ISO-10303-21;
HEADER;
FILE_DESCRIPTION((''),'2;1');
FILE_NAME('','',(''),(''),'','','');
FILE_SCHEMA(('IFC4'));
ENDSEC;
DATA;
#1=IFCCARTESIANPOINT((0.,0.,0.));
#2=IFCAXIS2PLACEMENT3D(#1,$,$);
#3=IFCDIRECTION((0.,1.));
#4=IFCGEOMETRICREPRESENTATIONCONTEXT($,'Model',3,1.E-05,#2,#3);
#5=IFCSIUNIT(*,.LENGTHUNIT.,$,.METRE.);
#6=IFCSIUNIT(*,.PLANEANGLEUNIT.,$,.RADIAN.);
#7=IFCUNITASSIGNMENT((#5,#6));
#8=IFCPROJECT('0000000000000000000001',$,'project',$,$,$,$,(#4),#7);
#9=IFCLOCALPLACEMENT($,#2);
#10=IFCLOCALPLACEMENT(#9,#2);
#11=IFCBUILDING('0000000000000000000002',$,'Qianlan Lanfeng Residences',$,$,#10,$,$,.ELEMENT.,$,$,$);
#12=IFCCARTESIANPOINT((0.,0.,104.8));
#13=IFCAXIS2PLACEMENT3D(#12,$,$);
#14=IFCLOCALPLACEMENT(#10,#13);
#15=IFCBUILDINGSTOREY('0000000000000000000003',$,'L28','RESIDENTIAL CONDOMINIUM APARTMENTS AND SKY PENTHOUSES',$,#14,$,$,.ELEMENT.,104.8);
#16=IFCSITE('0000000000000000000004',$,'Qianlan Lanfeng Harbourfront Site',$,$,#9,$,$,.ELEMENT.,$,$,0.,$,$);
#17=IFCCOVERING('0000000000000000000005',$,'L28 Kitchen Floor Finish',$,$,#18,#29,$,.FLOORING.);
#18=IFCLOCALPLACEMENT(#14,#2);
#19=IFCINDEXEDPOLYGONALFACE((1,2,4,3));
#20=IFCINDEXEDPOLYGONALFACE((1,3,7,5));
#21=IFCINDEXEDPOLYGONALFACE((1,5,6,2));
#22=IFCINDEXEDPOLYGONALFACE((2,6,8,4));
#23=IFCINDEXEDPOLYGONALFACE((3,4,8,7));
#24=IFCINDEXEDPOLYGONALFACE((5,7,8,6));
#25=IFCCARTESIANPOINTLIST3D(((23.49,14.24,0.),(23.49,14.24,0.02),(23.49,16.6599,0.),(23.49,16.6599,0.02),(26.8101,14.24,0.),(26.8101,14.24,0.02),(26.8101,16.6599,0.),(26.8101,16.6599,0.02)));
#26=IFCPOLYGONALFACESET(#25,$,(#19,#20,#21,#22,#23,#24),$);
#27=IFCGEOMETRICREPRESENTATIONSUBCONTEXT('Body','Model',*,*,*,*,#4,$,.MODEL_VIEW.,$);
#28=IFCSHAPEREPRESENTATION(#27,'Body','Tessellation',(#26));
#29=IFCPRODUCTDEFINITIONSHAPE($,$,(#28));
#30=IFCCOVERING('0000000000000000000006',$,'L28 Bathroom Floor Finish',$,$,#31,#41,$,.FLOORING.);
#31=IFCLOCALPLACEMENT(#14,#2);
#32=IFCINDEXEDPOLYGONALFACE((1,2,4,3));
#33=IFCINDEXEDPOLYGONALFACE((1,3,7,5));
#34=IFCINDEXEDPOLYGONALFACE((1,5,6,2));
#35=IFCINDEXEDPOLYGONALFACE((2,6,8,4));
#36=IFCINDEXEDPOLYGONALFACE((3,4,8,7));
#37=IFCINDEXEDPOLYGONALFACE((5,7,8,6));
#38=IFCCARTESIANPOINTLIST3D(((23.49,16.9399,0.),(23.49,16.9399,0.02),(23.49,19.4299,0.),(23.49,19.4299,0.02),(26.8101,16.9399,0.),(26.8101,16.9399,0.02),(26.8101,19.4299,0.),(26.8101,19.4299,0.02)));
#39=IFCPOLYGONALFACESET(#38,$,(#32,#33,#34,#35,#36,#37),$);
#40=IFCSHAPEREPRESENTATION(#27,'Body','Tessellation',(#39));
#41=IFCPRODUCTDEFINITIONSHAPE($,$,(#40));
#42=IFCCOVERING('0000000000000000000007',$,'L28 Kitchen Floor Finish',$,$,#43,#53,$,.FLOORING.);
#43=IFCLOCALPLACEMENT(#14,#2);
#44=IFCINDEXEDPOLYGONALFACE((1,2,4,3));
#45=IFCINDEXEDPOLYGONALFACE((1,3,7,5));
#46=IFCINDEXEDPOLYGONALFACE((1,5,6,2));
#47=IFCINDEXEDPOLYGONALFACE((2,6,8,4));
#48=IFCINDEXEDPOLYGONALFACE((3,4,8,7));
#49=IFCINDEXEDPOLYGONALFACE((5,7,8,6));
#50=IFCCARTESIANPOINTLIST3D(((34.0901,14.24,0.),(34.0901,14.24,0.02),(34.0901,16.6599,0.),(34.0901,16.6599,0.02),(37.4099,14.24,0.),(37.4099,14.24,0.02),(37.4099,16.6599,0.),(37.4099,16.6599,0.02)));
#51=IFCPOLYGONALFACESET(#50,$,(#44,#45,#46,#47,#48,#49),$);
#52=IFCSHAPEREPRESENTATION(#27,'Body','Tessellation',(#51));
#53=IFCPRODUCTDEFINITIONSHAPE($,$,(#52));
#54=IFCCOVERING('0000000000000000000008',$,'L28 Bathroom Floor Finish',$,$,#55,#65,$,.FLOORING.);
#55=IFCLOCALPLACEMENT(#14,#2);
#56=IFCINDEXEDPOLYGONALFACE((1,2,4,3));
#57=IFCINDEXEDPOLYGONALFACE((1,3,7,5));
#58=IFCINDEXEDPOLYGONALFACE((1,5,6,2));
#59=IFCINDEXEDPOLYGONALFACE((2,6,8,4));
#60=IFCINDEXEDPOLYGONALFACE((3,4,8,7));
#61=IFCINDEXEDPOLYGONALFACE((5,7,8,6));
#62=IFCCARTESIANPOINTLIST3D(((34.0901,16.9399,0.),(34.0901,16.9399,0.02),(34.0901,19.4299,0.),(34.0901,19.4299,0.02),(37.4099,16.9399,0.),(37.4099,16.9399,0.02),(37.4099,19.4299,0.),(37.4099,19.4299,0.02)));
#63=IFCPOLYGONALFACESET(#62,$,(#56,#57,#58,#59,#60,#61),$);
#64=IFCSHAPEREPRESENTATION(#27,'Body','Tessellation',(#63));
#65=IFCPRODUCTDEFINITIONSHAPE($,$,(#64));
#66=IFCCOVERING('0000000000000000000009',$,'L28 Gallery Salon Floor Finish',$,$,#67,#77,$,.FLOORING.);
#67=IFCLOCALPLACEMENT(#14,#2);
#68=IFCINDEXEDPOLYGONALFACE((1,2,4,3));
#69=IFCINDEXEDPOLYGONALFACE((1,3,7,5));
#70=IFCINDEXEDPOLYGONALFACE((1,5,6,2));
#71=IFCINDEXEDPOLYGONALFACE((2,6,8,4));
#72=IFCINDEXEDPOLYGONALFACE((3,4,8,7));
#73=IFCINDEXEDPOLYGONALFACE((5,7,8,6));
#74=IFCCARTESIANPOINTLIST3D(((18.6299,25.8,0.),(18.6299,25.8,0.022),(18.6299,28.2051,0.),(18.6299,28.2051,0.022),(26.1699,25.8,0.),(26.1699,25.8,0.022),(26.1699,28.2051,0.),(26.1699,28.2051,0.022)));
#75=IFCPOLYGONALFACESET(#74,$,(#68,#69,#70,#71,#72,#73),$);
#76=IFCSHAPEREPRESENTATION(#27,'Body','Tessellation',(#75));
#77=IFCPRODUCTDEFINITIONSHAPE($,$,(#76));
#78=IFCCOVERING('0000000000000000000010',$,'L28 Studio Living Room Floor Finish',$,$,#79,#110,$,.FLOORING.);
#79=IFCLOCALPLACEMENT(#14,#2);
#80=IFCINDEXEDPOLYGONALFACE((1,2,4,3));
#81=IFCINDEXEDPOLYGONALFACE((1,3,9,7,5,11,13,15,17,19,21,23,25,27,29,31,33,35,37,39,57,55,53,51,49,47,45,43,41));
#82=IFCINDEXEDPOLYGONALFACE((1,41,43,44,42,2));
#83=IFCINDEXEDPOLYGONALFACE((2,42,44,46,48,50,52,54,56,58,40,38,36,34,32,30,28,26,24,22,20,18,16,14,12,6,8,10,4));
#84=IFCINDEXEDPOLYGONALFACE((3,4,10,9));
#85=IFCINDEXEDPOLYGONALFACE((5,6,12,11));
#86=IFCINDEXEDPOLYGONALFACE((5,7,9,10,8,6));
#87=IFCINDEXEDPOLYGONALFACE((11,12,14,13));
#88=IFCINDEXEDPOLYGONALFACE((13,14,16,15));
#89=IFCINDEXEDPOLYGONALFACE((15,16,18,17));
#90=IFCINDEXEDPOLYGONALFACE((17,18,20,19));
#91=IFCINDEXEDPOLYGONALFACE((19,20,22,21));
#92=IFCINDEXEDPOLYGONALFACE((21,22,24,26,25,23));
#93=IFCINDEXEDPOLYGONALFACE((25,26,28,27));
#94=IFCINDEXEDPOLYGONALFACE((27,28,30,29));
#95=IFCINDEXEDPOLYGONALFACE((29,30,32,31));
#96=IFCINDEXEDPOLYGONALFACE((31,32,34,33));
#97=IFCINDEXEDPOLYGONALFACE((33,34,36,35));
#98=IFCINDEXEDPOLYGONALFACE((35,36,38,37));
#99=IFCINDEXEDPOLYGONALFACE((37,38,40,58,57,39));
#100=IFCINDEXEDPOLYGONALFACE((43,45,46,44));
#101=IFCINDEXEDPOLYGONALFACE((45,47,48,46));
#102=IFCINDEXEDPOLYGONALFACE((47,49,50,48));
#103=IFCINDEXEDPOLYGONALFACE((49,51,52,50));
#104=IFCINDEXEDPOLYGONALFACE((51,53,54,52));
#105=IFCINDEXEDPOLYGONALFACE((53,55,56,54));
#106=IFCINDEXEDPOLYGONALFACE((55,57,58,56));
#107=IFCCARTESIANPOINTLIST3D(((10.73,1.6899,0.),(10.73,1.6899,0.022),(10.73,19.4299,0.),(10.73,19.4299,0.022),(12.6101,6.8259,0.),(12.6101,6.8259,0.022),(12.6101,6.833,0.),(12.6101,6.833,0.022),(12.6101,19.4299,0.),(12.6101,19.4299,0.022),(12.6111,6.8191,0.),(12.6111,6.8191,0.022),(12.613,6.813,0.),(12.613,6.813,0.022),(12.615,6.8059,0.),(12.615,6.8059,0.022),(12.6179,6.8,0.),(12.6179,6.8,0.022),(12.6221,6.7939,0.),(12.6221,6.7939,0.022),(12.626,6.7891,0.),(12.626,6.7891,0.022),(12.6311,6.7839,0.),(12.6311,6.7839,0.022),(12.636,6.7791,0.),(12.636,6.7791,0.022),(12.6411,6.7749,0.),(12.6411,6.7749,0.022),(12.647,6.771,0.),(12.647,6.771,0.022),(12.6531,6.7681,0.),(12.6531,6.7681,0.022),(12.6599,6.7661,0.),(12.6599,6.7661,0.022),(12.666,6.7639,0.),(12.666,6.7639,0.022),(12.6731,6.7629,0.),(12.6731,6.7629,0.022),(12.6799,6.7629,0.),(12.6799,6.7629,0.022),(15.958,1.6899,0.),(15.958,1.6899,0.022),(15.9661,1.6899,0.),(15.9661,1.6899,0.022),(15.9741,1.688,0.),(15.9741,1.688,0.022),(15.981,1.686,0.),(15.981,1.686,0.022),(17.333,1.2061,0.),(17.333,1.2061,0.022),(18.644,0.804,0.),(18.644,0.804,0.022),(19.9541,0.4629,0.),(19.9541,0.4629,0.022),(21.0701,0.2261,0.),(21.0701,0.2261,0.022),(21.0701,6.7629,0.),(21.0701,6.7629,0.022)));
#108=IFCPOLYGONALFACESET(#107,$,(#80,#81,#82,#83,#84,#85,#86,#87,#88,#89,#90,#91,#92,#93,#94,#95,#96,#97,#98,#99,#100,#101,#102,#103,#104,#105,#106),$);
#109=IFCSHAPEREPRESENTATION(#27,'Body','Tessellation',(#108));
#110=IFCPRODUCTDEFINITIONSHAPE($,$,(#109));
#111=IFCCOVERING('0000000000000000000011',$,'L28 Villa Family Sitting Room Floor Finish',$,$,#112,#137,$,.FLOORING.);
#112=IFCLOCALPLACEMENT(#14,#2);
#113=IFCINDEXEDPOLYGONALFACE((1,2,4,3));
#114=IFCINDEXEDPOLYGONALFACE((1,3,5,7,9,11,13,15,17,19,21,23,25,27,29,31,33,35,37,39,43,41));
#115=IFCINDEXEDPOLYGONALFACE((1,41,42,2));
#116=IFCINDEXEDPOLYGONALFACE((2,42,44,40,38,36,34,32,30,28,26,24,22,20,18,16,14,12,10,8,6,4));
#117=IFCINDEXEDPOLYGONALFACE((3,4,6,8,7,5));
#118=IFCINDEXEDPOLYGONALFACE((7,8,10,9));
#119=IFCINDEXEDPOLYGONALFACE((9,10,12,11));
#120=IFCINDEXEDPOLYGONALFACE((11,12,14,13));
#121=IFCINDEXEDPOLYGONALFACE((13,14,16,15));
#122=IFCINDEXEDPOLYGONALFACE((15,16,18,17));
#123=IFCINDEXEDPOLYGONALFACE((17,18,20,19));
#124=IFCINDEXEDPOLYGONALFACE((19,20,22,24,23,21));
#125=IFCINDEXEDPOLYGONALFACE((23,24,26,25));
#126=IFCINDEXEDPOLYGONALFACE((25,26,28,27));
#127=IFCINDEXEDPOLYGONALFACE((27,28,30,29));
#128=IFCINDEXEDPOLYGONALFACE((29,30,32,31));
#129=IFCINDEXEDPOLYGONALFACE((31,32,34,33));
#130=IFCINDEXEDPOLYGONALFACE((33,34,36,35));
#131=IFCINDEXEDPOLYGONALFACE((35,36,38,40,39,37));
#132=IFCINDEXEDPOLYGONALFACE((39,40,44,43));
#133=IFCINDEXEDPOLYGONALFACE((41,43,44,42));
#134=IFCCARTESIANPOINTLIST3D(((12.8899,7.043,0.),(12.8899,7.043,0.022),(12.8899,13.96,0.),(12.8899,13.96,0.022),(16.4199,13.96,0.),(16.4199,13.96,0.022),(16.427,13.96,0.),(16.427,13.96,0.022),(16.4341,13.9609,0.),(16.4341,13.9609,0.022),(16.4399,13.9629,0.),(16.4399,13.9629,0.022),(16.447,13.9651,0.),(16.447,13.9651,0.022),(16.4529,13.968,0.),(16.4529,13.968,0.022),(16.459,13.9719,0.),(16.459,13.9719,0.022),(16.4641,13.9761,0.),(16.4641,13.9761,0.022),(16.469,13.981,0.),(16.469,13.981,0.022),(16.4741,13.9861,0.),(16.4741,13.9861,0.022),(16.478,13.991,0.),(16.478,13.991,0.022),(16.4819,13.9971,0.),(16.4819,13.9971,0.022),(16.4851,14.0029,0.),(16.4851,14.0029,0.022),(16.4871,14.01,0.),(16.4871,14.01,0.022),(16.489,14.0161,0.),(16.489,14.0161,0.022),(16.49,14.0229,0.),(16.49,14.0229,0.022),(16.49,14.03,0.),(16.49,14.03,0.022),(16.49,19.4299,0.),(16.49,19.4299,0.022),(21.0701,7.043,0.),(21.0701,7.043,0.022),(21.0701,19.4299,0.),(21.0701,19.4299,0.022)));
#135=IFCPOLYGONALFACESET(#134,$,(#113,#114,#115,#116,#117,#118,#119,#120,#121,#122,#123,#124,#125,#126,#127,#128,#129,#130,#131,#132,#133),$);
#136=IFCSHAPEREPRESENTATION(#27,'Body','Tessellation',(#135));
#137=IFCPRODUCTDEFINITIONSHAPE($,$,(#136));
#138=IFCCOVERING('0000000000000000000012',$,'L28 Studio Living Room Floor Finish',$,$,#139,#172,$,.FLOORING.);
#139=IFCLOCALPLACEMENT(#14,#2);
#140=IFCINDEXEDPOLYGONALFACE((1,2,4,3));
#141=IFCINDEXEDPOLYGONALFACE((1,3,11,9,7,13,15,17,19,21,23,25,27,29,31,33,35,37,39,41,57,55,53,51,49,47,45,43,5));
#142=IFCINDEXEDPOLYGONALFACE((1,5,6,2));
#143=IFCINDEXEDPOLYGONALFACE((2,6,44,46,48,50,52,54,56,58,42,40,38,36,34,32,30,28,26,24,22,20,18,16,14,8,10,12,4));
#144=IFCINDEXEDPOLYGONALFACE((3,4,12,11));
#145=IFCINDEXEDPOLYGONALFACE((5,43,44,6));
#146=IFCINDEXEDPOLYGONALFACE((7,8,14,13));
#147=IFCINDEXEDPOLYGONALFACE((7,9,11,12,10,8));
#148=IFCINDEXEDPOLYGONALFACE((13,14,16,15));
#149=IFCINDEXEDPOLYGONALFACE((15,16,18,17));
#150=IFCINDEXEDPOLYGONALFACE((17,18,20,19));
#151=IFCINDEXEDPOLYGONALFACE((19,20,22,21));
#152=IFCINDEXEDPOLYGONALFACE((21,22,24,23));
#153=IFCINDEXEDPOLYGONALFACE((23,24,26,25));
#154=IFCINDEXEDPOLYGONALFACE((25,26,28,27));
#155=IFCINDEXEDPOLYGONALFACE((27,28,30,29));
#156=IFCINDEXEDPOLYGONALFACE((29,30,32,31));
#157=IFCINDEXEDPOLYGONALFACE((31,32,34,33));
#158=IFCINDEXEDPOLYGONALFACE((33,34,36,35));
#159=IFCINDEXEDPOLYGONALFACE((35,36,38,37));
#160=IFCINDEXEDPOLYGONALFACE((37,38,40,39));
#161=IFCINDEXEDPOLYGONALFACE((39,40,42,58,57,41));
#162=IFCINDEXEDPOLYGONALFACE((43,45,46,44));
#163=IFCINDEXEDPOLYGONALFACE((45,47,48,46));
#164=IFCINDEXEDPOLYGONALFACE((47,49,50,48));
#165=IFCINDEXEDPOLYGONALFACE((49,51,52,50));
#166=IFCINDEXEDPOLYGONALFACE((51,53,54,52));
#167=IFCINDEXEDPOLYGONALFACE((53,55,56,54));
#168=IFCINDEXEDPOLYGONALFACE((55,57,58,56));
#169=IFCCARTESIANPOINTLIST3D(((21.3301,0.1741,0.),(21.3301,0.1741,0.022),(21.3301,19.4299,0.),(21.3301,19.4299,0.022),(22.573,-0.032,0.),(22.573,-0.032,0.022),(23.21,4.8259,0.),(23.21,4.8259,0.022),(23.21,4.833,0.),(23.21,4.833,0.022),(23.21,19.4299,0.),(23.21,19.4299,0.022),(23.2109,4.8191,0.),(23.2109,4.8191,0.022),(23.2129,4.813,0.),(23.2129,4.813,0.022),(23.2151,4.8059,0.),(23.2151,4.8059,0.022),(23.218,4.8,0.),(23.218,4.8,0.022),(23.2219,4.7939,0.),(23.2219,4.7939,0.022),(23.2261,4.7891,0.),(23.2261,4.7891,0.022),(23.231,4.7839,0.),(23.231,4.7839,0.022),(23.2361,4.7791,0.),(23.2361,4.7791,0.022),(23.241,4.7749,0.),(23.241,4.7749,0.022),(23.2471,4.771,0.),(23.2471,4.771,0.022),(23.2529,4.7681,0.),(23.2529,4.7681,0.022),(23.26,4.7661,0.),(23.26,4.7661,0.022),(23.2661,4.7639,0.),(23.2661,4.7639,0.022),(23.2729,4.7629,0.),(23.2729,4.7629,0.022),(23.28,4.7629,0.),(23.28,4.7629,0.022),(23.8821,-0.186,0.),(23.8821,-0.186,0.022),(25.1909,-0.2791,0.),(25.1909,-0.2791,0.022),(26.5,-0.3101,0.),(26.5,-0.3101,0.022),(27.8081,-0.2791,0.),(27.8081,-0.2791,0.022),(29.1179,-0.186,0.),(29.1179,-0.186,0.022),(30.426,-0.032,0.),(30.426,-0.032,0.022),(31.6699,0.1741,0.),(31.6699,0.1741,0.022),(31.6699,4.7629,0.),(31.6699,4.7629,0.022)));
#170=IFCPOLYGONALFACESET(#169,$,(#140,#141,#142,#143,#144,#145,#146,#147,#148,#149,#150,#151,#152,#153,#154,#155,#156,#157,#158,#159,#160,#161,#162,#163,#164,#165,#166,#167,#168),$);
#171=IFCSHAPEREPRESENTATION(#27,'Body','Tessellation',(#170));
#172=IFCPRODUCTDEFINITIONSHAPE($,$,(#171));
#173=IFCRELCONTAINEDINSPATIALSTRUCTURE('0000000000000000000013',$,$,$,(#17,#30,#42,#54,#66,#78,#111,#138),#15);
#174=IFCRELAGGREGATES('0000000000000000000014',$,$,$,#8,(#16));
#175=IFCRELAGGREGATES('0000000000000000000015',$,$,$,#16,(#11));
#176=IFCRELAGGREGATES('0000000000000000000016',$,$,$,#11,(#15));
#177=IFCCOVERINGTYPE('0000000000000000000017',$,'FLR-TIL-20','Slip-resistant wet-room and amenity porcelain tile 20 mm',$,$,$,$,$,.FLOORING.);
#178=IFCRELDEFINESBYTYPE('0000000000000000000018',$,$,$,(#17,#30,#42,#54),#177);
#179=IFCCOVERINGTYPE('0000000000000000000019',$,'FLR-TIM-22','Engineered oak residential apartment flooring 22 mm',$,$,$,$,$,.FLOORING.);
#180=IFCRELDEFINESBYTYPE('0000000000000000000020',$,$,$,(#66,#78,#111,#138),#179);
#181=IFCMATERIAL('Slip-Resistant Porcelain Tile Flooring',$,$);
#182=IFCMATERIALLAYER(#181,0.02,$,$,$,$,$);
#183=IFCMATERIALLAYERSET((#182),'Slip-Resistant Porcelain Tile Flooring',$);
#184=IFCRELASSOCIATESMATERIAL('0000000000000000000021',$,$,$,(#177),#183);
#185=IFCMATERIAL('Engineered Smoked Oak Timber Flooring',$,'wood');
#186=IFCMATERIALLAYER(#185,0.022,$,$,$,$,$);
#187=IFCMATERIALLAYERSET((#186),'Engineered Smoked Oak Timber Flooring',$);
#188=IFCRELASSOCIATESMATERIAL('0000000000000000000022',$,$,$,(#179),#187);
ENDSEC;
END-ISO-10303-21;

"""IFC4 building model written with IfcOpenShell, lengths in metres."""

from ifc_helpers import new_model, si_unit, direction, frame, origin, place, context, subcontext, project, spatial, polyline, outline, extrude, material, layer, layer_set, type_object, element, save


model = new_model("IFC4")

# Units and contexts
model_context = context("Model", 3, precision=1e-05, world=origin(), true_north=direction((0.0, 1.0)))
body_context = subcontext(model_context, "Body", "Model", "MODEL_VIEW")
ifc_project = project(units=[si_unit("LENGTHUNIT", "METRE"), si_unit("PLANEANGLEUNIT", "RADIAN")], contexts=[model_context])

# Site, building, storey
site_placement = place(None, origin())
site = spatial("IfcSite", under=ifc_project, at=site_placement, Name="Qianlan Lanfeng Harbourfront Site", CompositionType="ELEMENT", RefElevation=0.0)
building_placement = place(site_placement, origin())
building = spatial("IfcBuilding", under=site, at=building_placement, Name="Qianlan Lanfeng Residences", CompositionType="ELEMENT")
storey_placement = place(building_placement, frame((0.0, 0.0, 104.8)))
storey = spatial("IfcBuildingStorey", under=building, at=storey_placement, Name="L28", Description="RESIDENTIAL CONDOMINIUM APARTMENTS AND SKY PENTHOUSES", CompositionType="ELEMENT", Elevation=104.8)

# Coverings
ifc_material_1 = material(Name="Slip-Resistant Porcelain Tile Flooring")
ifc_layer_1 = layer(ifc_material_1, 0.02)
ifc_layer_set_1 = layer_set([ifc_layer_1], Name="Slip-Resistant Porcelain Tile Flooring")
covering_type_1 = type_object("IfcCoveringType", Name="FLR-TIL-20", Description="Slip-resistant wet-room and amenity porcelain tile 20 mm", PredefinedType="FLOORING", material=ifc_layer_set_1)
covering_1_placement = place(storey_placement, origin())
element("IfcCovering", 1, at=covering_1_placement, inside=storey, type_object=covering_type_1, Name="L28 Kitchen Floor Finish", PredefinedType="FLOORING", context=body_context, shape_type="SweptSolid", body=[
    extrude(outline(polyline([(23.49, 14.24), (26.8101, 14.24), (26.8101, 16.6599), (23.49, 16.6599), (23.49, 14.24)])), origin(), (0.0, 0.0, 1.0), 0.02),
])
covering_2_placement = place(storey_placement, origin())
element("IfcCovering", 2, at=covering_2_placement, inside=storey, type_object=covering_type_1, Name="L28 Bathroom Floor Finish", PredefinedType="FLOORING", context=body_context, shape_type="SweptSolid", body=[
    extrude(outline(polyline([(23.49, 16.9399), (26.8101, 16.9399), (26.8101, 19.4299), (23.49, 19.4299), (23.49, 16.9399)])), origin(), (0.0, 0.0, 1.0), 0.02),
])
covering_3_placement = place(storey_placement, origin())
element("IfcCovering", 3, at=covering_3_placement, inside=storey, type_object=covering_type_1, Name="L28 Kitchen Floor Finish", PredefinedType="FLOORING", context=body_context, shape_type="SweptSolid", body=[
    extrude(outline(polyline([(34.0901, 14.24), (37.4099, 14.24), (37.4099, 16.6599), (34.0901, 16.6599), (34.0901, 14.24)])), origin(), (0.0, 0.0, 1.0), 0.02),
])
covering_4_placement = place(storey_placement, origin())
element("IfcCovering", 4, at=covering_4_placement, inside=storey, type_object=covering_type_1, Name="L28 Bathroom Floor Finish", PredefinedType="FLOORING", context=body_context, shape_type="SweptSolid", body=[
    extrude(outline(polyline([(34.0901, 16.9399), (37.4099, 16.9399), (37.4099, 19.4299), (34.0901, 19.4299), (34.0901, 16.9399)])), origin(), (0.0, 0.0, 1.0), 0.02),
])
ifc_material_2 = material(Name="Engineered Smoked Oak Timber Flooring", Category="wood")
ifc_layer_2 = layer(ifc_material_2, 0.022)
ifc_layer_set_2 = layer_set([ifc_layer_2], Name="Engineered Smoked Oak Timber Flooring")
covering_type_2 = type_object("IfcCoveringType", Name="FLR-TIM-22", Description="Engineered oak residential apartment flooring 22 mm", PredefinedType="FLOORING", material=ifc_layer_set_2)
covering_5_placement = place(storey_placement, origin())
element("IfcCovering", 5, at=covering_5_placement, inside=storey, type_object=covering_type_2, Name="L28 Gallery Salon Floor Finish", PredefinedType="FLOORING", context=body_context, shape_type="SweptSolid", body=[
    extrude(outline(polyline([(18.6299, 25.8), (26.1699, 25.8), (26.1699, 28.2051), (18.6299, 28.2051), (18.6299, 25.8)])), origin(), (0.0, 0.0, 1.0), 0.022),
])
covering_6_placement = place(storey_placement, origin())
element("IfcCovering", 6, at=covering_6_placement, inside=storey, type_object=covering_type_2, Name="L28 Studio Living Room Floor Finish", PredefinedType="FLOORING", context=body_context, shape_type="SweptSolid", body=[
    extrude(outline(polyline([(21.0701, 0.2261), (21.0701, 6.7629), (12.6799, 6.7629), (12.6731, 6.7629), (12.666, 6.7639), (12.6599, 6.7661), (12.6531, 6.7681), (12.647, 6.771), (12.6411, 6.7749), (12.636, 6.7791), (12.6311, 6.7839), (12.626, 6.7891), (12.6221, 6.7939), (12.6179, 6.8), (12.615, 6.8059), (12.613, 6.813), (12.6111, 6.8191), (12.6101, 6.8259), (12.6101, 6.833), (12.6101, 19.4299), (10.73, 19.4299), (10.73, 1.6899), (15.958, 1.6899), (15.9661, 1.6899), (15.9741, 1.688), (15.981, 1.686), (17.333, 1.2061), (18.644, 0.804), (19.9541, 0.4629), (21.0701, 0.2261)])), origin(), (0.0, 0.0, 1.0), 0.022),
])
covering_7_placement = place(storey_placement, origin())
element("IfcCovering", 7, at=covering_7_placement, inside=storey, type_object=covering_type_2, Name="L28 Villa Family Sitting Room Floor Finish", PredefinedType="FLOORING", context=body_context, shape_type="SweptSolid", body=[
    extrude(outline(polyline([(12.8899, 7.043), (21.0701, 7.043), (21.0701, 19.4299), (16.49, 19.4299), (16.49, 14.03), (16.49, 14.0229), (16.489, 14.0161), (16.4871, 14.01), (16.4851, 14.0029), (16.4819, 13.9971), (16.478, 13.991), (16.4741, 13.9861), (16.469, 13.981), (16.4641, 13.9761), (16.459, 13.9719), (16.4529, 13.968), (16.447, 13.9651), (16.4399, 13.9629), (16.4341, 13.9609), (16.427, 13.96), (16.4199, 13.96), (12.8899, 13.96), (12.8899, 7.043)])), origin(), (0.0, 0.0, 1.0), 0.022),
])
covering_8_placement = place(storey_placement, origin())
element("IfcCovering", 8, at=covering_8_placement, inside=storey, type_object=covering_type_2, Name="L28 Studio Living Room Floor Finish", PredefinedType="FLOORING", context=body_context, shape_type="SweptSolid", body=[
    extrude(outline(polyline([(31.6699, 0.1741), (31.6699, 4.7629), (23.28, 4.7629), (23.2729, 4.7629), (23.2661, 4.7639), (23.26, 4.7661), (23.2529, 4.7681), (23.2471, 4.771), (23.241, 4.7749), (23.2361, 4.7791), (23.231, 4.7839), (23.2261, 4.7891), (23.2219, 4.7939), (23.218, 4.8), (23.2151, 4.8059), (23.2129, 4.813), (23.2109, 4.8191), (23.21, 4.8259), (23.21, 4.833), (23.21, 19.4299), (21.3301, 19.4299), (21.3301, 0.1741), (22.573, -0.032), (23.8821, -0.186), (25.1909, -0.2791), (26.5, -0.3101), (27.8081, -0.2791), (29.1179, -0.186), (30.426, -0.032), (31.6699, 0.1741)])), origin(), (0.0, 0.0, 1.0), 0.022),
])

save(model, "model.ifc")
